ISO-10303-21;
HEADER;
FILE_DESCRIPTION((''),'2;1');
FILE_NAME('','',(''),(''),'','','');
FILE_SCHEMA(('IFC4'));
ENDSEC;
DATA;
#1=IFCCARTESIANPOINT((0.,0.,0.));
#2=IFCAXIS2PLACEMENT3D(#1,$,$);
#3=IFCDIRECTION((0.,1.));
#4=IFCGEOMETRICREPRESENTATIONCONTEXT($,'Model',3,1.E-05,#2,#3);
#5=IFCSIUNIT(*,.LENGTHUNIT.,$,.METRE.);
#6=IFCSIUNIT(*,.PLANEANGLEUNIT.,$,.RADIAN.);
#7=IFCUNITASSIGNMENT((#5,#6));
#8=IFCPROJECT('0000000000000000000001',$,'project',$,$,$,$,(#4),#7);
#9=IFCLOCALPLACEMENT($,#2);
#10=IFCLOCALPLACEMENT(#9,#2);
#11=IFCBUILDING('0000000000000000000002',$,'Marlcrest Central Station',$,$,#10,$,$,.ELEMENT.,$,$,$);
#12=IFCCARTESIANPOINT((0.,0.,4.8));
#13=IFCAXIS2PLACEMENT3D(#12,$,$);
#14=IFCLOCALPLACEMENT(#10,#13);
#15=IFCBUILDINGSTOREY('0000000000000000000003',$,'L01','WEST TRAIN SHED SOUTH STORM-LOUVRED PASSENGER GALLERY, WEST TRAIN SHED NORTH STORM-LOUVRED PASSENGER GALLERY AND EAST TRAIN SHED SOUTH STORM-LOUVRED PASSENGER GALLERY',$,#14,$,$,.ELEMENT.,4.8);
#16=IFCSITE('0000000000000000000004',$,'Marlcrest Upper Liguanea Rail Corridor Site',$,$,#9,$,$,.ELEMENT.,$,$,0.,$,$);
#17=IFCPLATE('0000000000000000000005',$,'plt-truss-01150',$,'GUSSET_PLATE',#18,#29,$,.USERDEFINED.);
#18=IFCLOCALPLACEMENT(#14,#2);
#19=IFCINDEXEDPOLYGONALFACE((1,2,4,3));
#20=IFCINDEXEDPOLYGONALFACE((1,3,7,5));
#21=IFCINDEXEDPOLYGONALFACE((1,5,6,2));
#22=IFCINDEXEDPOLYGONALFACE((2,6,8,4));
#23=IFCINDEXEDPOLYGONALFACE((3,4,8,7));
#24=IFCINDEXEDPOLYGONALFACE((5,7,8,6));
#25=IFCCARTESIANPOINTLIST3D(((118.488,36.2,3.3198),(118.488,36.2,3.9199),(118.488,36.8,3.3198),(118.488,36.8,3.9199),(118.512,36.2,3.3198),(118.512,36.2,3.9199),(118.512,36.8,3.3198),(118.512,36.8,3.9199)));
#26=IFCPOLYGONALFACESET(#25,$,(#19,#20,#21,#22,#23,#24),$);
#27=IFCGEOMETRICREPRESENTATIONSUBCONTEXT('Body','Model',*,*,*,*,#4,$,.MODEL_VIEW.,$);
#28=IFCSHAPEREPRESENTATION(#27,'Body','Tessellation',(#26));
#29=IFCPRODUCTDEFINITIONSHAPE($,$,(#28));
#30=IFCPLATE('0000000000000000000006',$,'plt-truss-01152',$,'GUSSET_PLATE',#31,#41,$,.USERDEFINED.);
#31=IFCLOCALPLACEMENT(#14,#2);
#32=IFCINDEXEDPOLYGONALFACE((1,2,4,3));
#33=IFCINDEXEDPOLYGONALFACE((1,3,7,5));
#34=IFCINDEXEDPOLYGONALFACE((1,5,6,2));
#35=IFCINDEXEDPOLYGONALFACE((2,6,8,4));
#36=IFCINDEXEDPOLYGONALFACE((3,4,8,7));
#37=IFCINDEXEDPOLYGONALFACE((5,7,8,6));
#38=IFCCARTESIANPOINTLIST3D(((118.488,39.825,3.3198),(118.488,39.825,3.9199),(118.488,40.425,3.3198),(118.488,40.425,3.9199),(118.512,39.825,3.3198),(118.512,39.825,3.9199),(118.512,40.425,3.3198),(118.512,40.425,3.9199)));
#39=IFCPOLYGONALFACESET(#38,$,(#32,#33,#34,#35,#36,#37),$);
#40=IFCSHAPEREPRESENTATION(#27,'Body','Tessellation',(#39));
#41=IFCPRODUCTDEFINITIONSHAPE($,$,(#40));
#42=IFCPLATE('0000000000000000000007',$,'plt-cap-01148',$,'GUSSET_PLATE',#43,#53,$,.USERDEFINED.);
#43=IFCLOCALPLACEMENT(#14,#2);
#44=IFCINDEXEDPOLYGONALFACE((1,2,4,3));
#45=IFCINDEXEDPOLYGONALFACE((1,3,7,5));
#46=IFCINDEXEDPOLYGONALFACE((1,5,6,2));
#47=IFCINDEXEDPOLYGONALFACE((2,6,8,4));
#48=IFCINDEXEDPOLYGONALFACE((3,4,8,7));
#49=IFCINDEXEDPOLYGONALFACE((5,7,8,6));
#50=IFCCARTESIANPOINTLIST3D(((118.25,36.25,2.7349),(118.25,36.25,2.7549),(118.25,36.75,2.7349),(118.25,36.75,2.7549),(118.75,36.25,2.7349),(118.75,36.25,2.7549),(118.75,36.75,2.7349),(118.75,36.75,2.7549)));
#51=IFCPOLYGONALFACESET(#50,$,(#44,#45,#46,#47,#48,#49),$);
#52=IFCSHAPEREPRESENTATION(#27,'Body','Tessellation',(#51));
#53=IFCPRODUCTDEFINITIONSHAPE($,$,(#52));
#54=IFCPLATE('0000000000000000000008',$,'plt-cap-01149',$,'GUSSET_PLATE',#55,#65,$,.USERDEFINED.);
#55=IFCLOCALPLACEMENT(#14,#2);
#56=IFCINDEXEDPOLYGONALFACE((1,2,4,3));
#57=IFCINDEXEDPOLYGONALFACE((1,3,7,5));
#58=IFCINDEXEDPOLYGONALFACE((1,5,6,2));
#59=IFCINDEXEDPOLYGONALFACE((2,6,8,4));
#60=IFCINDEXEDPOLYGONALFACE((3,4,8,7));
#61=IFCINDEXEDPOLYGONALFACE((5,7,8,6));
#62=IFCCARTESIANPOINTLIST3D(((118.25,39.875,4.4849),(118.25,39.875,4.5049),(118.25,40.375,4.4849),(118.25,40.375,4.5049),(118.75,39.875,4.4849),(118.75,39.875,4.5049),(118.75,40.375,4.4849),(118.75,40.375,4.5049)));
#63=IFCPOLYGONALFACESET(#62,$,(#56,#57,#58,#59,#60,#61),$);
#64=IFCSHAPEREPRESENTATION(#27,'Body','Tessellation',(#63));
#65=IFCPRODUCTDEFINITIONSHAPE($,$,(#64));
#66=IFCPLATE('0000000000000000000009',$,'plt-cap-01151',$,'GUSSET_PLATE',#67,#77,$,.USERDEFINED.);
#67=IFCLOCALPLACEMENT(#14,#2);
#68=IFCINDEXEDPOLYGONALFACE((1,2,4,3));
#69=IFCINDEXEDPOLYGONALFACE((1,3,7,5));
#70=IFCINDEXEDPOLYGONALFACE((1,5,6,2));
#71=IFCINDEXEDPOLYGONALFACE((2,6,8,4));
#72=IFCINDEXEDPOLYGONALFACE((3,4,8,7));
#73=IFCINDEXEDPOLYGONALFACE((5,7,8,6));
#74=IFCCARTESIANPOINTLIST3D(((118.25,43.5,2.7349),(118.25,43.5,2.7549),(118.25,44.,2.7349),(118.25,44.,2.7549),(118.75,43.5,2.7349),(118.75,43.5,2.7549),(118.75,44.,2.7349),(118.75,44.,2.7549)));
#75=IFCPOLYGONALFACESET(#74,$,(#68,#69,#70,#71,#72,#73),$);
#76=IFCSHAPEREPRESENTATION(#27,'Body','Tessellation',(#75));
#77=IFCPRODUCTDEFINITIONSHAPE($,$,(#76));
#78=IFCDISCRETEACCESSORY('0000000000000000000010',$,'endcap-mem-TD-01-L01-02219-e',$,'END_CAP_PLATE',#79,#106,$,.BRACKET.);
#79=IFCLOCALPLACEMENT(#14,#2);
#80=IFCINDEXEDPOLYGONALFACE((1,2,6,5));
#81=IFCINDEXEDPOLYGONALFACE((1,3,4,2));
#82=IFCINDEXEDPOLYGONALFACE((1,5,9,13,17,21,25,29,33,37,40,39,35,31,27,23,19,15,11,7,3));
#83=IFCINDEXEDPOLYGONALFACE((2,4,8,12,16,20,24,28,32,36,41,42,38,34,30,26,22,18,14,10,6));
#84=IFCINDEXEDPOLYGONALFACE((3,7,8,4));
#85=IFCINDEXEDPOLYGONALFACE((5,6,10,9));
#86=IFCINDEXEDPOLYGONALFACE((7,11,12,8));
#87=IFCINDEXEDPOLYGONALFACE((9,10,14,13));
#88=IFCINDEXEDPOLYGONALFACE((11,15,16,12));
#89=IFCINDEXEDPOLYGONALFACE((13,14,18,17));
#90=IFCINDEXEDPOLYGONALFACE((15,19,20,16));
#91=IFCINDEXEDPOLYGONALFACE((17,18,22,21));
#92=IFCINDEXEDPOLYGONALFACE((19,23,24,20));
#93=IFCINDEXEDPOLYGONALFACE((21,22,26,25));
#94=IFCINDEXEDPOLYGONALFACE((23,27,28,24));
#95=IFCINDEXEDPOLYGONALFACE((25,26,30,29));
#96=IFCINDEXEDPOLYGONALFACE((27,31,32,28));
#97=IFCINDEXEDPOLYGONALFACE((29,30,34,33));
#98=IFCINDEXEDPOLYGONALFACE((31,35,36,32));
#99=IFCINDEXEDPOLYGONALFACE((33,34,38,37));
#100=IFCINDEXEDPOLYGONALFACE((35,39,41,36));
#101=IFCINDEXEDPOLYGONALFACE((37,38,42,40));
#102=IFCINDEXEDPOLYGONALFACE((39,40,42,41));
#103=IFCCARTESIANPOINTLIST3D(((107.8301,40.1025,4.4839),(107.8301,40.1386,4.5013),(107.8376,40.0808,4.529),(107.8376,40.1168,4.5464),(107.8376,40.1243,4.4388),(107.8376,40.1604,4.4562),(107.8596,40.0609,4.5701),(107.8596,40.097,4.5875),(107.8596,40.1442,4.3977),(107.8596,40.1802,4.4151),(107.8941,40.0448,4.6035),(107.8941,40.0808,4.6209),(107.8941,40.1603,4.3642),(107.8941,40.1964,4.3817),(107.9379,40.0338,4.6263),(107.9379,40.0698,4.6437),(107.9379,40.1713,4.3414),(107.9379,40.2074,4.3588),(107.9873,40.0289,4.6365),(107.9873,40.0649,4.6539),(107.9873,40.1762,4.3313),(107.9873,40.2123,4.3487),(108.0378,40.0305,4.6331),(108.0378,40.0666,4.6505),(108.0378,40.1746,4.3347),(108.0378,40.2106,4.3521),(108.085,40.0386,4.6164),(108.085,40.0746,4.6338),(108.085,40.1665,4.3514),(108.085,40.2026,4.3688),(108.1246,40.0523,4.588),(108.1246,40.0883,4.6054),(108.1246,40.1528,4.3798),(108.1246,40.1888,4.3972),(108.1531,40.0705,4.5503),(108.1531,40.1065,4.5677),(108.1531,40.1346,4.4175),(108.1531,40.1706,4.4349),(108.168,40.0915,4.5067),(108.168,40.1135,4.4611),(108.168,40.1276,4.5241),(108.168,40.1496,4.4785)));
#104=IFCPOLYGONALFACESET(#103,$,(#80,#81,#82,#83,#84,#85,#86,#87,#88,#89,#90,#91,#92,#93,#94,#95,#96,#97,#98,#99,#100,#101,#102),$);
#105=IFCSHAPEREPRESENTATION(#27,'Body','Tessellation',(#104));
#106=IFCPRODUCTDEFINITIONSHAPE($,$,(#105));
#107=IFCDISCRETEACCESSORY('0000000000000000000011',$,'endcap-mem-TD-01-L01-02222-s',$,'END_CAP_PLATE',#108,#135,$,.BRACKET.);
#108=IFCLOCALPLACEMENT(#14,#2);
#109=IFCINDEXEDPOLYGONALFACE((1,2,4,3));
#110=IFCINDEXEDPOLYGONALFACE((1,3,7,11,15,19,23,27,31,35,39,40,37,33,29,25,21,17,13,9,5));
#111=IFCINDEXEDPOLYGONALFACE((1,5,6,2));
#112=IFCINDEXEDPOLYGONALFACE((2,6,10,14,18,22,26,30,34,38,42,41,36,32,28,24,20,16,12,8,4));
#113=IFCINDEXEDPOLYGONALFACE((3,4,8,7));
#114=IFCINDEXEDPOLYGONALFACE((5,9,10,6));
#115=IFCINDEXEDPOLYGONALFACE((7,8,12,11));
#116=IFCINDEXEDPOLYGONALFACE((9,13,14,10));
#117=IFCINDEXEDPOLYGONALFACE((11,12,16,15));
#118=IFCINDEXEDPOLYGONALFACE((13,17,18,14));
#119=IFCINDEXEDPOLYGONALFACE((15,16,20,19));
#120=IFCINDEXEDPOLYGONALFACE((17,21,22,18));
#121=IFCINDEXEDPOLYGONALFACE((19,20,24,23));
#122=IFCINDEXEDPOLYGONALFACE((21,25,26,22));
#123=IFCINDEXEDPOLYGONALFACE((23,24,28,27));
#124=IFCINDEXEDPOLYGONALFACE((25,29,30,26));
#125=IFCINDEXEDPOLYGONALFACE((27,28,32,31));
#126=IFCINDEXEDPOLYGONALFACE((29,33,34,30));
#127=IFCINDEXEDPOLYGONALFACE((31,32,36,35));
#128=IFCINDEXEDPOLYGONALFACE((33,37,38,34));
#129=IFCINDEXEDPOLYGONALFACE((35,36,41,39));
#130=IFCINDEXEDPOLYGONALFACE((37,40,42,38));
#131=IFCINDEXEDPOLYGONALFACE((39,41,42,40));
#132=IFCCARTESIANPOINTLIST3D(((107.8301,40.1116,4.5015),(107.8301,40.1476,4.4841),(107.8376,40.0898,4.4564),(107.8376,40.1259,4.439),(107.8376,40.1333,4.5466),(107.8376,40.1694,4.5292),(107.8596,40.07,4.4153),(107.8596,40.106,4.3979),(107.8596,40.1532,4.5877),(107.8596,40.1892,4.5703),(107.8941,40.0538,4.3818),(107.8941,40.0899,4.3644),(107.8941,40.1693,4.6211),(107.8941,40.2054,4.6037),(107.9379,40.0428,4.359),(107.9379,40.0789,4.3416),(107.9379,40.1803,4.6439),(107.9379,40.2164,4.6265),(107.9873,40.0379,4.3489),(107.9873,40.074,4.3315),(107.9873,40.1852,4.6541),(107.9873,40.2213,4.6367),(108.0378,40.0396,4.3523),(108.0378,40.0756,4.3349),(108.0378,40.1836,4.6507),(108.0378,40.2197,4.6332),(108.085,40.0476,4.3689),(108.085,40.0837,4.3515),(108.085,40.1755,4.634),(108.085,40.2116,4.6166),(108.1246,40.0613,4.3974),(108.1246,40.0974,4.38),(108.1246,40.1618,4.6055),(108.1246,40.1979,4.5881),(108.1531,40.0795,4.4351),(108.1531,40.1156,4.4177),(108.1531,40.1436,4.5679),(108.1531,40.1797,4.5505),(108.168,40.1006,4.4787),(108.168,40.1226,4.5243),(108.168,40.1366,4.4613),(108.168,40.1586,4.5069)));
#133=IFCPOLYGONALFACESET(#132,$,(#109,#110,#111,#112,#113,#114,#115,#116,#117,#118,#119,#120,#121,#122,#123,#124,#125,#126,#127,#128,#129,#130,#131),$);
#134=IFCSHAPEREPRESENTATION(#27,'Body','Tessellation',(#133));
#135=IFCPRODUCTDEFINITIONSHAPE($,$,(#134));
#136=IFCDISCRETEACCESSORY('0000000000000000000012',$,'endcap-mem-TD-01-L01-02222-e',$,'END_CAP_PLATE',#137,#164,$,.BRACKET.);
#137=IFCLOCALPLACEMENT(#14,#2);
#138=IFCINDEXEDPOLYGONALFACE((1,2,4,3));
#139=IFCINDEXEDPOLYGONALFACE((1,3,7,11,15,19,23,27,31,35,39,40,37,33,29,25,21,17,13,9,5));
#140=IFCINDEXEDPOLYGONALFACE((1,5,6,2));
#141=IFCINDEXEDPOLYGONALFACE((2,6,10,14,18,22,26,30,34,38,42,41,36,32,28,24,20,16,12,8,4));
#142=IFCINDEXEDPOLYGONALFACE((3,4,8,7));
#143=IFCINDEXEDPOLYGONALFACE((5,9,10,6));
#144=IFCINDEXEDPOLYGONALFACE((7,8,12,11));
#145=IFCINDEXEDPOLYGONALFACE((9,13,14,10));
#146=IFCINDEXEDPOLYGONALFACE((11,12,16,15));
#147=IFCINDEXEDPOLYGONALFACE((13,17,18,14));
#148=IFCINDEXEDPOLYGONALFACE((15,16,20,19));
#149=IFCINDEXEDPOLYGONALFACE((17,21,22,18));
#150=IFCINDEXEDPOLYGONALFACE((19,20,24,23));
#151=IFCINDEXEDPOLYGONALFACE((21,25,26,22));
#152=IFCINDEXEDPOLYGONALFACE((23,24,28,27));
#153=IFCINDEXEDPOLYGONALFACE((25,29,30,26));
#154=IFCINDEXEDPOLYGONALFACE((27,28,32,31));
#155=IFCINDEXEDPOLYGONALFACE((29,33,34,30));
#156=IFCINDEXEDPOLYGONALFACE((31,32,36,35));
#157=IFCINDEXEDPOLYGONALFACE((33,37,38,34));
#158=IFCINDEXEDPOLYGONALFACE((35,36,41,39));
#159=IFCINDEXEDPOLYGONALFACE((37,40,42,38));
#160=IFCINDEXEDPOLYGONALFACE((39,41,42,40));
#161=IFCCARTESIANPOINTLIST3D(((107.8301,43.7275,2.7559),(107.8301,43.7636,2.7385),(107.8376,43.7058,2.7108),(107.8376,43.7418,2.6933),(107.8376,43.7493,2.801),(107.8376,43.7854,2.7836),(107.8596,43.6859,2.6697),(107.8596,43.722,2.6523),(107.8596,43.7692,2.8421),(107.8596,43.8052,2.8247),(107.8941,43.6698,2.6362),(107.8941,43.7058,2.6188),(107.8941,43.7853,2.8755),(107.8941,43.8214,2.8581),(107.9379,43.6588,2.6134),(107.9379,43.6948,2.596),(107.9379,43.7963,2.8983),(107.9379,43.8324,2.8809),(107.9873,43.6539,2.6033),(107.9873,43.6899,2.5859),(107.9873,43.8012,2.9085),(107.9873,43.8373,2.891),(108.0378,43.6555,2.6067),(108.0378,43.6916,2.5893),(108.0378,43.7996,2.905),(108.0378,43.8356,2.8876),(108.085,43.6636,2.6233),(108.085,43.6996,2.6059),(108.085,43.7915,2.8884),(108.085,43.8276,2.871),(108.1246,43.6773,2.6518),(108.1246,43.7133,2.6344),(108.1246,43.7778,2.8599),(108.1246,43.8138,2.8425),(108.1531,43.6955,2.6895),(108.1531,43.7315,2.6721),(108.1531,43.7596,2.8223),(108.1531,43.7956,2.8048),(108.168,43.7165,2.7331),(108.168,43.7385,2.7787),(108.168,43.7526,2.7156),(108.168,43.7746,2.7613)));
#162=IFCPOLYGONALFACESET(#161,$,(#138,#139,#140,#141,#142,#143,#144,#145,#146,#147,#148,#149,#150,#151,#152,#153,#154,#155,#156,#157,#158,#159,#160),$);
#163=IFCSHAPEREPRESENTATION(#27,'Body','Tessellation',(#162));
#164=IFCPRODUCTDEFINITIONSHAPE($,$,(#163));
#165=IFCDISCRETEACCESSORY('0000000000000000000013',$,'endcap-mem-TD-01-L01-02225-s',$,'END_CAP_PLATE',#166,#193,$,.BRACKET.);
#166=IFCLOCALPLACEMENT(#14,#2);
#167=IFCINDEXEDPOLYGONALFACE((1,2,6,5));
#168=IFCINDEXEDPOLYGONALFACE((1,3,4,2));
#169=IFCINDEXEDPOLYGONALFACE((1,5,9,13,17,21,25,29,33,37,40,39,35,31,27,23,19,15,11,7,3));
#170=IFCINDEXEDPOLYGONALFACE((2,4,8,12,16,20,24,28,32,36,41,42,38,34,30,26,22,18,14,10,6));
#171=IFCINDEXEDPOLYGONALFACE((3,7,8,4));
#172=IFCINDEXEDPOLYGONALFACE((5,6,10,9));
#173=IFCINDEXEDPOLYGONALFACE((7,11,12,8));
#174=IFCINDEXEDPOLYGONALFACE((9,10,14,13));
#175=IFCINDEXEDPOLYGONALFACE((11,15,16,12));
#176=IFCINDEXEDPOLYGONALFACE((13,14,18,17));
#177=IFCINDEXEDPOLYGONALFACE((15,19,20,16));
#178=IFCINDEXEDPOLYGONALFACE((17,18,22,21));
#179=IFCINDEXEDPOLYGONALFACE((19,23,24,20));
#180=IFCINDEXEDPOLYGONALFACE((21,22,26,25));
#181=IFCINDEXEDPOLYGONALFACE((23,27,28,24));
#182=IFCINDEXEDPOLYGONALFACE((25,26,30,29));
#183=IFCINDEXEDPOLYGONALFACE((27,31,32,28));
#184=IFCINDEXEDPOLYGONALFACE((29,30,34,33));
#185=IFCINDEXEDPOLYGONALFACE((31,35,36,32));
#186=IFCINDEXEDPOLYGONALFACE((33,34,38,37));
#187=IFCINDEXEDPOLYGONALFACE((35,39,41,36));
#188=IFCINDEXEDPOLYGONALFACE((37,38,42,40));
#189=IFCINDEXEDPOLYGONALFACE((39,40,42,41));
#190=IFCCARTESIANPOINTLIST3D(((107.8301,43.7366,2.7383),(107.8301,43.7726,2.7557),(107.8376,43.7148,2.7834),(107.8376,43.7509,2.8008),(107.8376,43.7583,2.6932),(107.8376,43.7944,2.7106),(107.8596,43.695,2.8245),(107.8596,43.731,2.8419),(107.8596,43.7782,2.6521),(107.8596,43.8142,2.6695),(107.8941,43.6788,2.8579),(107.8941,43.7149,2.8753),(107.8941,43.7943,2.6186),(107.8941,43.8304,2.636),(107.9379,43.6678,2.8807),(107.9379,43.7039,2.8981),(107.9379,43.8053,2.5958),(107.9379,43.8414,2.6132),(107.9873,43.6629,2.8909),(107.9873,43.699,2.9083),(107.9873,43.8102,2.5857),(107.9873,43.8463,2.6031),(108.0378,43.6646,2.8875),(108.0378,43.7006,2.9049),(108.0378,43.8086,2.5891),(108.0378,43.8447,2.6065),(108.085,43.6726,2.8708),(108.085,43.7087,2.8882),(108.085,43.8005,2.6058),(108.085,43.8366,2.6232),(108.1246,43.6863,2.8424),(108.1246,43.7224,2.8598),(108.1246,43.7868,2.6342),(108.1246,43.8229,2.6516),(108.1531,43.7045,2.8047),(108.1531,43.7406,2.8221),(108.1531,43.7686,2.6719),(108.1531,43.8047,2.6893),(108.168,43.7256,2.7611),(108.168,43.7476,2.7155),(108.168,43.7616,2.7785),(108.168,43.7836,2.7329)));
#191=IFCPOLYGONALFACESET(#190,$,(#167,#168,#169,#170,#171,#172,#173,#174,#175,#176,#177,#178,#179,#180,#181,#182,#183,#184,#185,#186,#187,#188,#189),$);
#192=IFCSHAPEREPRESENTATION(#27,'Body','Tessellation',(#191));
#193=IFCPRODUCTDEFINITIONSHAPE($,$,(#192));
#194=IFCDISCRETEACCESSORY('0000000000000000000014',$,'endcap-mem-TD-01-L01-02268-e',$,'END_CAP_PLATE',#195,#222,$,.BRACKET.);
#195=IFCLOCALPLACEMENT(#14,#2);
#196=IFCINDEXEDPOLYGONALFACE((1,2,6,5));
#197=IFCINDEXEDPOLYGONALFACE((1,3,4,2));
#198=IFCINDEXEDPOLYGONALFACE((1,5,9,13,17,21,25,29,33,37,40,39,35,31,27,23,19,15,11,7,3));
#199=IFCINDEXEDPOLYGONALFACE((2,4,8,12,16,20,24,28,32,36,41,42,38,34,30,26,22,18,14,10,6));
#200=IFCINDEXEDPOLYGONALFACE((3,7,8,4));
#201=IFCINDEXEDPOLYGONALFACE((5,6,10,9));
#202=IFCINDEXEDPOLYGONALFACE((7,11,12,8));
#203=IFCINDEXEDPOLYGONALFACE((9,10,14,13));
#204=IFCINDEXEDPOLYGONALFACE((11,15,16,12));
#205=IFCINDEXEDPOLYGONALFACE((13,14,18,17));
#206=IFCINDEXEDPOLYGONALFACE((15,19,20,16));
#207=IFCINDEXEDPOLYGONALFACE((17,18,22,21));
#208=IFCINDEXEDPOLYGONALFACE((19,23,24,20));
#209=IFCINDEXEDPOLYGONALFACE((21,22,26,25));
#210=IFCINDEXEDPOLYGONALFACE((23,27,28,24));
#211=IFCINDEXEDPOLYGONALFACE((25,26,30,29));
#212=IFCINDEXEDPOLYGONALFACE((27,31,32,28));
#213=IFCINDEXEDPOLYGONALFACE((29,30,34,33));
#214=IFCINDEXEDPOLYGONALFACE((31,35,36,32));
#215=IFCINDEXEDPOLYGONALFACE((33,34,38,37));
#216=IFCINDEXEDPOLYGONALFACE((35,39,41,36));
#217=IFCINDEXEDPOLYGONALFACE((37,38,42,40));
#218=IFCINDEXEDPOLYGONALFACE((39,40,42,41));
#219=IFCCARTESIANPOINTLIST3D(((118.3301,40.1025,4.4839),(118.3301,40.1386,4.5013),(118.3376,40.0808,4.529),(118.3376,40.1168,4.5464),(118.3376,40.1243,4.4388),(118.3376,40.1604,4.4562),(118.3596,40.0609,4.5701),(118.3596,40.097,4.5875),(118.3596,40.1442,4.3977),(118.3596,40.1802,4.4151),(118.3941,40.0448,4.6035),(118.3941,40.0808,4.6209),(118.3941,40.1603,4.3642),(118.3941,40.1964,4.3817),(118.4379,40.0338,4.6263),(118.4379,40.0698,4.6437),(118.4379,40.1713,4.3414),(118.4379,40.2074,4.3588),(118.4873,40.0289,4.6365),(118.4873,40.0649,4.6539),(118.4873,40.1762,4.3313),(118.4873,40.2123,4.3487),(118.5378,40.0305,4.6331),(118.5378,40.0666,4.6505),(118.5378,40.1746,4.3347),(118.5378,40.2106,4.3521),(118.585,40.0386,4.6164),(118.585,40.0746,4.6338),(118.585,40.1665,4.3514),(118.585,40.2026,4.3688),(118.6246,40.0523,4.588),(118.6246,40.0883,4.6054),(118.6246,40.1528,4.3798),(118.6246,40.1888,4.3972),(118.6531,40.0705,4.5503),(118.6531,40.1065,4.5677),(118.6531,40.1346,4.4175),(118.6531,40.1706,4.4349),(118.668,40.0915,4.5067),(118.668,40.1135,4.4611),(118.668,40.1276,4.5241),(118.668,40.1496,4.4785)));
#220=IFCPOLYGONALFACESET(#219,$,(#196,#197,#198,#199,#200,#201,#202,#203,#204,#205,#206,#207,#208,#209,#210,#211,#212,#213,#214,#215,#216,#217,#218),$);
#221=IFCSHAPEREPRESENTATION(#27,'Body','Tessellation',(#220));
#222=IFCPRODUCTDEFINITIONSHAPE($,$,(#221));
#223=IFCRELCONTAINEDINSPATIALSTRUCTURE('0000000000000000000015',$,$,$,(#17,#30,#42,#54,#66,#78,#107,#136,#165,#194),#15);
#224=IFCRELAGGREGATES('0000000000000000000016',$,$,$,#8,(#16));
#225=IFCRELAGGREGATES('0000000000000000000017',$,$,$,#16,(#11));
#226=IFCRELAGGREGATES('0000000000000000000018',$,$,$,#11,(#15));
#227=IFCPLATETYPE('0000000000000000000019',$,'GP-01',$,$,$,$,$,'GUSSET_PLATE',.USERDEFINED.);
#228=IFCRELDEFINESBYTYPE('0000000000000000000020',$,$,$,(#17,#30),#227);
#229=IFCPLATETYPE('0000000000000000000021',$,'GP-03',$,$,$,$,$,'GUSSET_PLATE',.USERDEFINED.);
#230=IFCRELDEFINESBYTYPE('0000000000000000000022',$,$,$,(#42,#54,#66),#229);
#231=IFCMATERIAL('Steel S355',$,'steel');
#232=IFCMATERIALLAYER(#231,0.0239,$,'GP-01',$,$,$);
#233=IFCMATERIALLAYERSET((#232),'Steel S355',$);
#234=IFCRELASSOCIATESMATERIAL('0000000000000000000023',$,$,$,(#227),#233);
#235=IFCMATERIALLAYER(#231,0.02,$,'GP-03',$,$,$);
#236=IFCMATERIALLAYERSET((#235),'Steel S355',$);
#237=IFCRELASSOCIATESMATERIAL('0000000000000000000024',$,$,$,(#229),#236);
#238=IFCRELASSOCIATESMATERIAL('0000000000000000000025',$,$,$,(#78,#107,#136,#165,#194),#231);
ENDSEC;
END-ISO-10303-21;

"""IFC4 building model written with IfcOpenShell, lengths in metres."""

from ifc_helpers import new_model, si_unit, direction, frame, origin, origin_2d, place, context, subcontext, project, spatial, rectangle, circle, extrude, material, layer, layer_set, type_object, element, save


model = new_model("IFC4")

# Units and contexts
model_context = context("Model", 3, precision=1e-05, world=origin(), true_north=direction((0.0, 1.0)))
body_context = subcontext(model_context, "Body", "Model", "MODEL_VIEW")
ifc_project = project(units=[si_unit("LENGTHUNIT", "METRE"), si_unit("PLANEANGLEUNIT", "RADIAN")], contexts=[model_context])

# Site, building, storey
site_placement = place(None, origin())
site = spatial("IfcSite", under=ifc_project, at=site_placement, Name="Marlcrest Upper Liguanea Rail Corridor Site", CompositionType="ELEMENT", RefElevation=0.0)
building_placement = place(site_placement, origin())
building = spatial("IfcBuilding", under=site, at=building_placement, Name="Marlcrest Central Station", CompositionType="ELEMENT")
storey_placement = place(building_placement, frame((0.0, 0.0, 4.8)))
storey = spatial("IfcBuildingStorey", under=building, at=storey_placement, Name="L01", Description="WEST TRAIN SHED SOUTH STORM-LOUVRED PASSENGER GALLERY, WEST TRAIN SHED NORTH STORM-LOUVRED PASSENGER GALLERY AND EAST TRAIN SHED SOUTH STORM-LOUVRED PASSENGER GALLERY", CompositionType="ELEMENT", Elevation=4.8)

# Shared definitions
ifc_material = material(Name="Steel S355", Category="steel")

# Plates
ifc_layer_1 = layer(ifc_material, 0.0239, Name="GP-01")
ifc_layer_set_1 = layer_set([ifc_layer_1], Name="Steel S355")
plate_type_1 = type_object("IfcPlateType", Name="GP-01", ElementType="GUSSET_PLATE", PredefinedType="USERDEFINED", material=ifc_layer_set_1)
for number, where, z_axis, x_axis, name in (
    (1, (118.5, 36.5, 3.3198), (0.0, 0.0, 1.0), (1.0, 0.0, 0.0), "plt-truss-01150"),
    (2, (118.5, 40.125, 3.3198), (0.0, 0.0, 1.0), (1.0, 0.0, 0.0), "plt-truss-01152"),
):
    element("IfcPlate", number, at=place(storey_placement, frame(where, z_axis=z_axis, x_axis=x_axis)), inside=storey, type_object=plate_type_1, Name=name, ObjectType="GUSSET_PLATE", PredefinedType="USERDEFINED", context=body_context, shape_type="SweptSolid", body=[
        extrude(rectangle(XDim=0.0239, YDim=0.6001, at=origin_2d()), origin(), (0.0, 0.0, 1.0), 0.6001),
    ])
ifc_layer_2 = layer(ifc_material, 0.02, Name="GP-03")
ifc_layer_set_2 = layer_set([ifc_layer_2], Name="Steel S355")
plate_type_2 = type_object("IfcPlateType", Name="GP-03", ElementType="GUSSET_PLATE", PredefinedType="USERDEFINED", material=ifc_layer_set_2)
for number, where, z_axis, x_axis, name in (
    (3, (118.5, 36.5, 2.7349), (0.0, 0.0, 1.0), (1.0, 0.0, 0.0), "plt-cap-01148"),
    (4, (118.5, 40.125, 4.4849), (0.0, 0.0, 1.0), (1.0, 0.0, 0.0), "plt-cap-01149"),
    (5, (118.5, 43.75, 2.7349), (0.0, 0.0, 1.0), (1.0, 0.0, 0.0), "plt-cap-01151"),
):
    element("IfcPlate", number, at=place(storey_placement, frame(where, z_axis=z_axis, x_axis=x_axis)), inside=storey, type_object=plate_type_2, Name=name, ObjectType="GUSSET_PLATE", PredefinedType="USERDEFINED", context=body_context, shape_type="SweptSolid", body=[
        extrude(rectangle(XDim=0.5, YDim=0.5, at=origin_2d()), origin(), (0.0, 0.0, 1.0), 0.02),
    ])

# Discrete accessories
for number, where, z_axis, x_axis, name in (
    (6, (108.0, 40.1025, 4.4839), (0.0, 0.900552, 0.434749), (-1.0, 0.0, 0.0), "endcap-mem-TD-01-L01-02219-e"),
    (7, (108.0, 40.1116, 4.5015), (0.0, 0.900552, -0.434749), (-1.0, 0.0, 0.0), "endcap-mem-TD-01-L01-02222-s"),
    (8, (108.0, 43.7275, 2.7559), (0.0, 0.900552, -0.434749), (-1.0, 0.0, 0.0), "endcap-mem-TD-01-L01-02222-e"),
    (9, (108.0, 43.7366, 2.7383), (0.0, 0.900552, 0.434749), (-1.0, 0.0, 0.0), "endcap-mem-TD-01-L01-02225-s"),
    (10, (118.5, 40.1025, 4.4839), (0.0, 0.900552, 0.434749), (-1.0, 0.0, 0.0), "endcap-mem-TD-01-L01-02268-e"),
):
    element("IfcDiscreteAccessory", number, at=place(storey_placement, frame(where, z_axis=z_axis, x_axis=x_axis)), inside=storey, material=ifc_material, Name=name, ObjectType="END_CAP_PLATE", PredefinedType="BRACKET", context=body_context, shape_type="SweptSolid", body=[
        extrude(circle(Radius=0.1699, at=origin_2d()), origin(), (0.0, 0.0, 1.0), 0.04),
    ])

save(model, "model.ifc")
